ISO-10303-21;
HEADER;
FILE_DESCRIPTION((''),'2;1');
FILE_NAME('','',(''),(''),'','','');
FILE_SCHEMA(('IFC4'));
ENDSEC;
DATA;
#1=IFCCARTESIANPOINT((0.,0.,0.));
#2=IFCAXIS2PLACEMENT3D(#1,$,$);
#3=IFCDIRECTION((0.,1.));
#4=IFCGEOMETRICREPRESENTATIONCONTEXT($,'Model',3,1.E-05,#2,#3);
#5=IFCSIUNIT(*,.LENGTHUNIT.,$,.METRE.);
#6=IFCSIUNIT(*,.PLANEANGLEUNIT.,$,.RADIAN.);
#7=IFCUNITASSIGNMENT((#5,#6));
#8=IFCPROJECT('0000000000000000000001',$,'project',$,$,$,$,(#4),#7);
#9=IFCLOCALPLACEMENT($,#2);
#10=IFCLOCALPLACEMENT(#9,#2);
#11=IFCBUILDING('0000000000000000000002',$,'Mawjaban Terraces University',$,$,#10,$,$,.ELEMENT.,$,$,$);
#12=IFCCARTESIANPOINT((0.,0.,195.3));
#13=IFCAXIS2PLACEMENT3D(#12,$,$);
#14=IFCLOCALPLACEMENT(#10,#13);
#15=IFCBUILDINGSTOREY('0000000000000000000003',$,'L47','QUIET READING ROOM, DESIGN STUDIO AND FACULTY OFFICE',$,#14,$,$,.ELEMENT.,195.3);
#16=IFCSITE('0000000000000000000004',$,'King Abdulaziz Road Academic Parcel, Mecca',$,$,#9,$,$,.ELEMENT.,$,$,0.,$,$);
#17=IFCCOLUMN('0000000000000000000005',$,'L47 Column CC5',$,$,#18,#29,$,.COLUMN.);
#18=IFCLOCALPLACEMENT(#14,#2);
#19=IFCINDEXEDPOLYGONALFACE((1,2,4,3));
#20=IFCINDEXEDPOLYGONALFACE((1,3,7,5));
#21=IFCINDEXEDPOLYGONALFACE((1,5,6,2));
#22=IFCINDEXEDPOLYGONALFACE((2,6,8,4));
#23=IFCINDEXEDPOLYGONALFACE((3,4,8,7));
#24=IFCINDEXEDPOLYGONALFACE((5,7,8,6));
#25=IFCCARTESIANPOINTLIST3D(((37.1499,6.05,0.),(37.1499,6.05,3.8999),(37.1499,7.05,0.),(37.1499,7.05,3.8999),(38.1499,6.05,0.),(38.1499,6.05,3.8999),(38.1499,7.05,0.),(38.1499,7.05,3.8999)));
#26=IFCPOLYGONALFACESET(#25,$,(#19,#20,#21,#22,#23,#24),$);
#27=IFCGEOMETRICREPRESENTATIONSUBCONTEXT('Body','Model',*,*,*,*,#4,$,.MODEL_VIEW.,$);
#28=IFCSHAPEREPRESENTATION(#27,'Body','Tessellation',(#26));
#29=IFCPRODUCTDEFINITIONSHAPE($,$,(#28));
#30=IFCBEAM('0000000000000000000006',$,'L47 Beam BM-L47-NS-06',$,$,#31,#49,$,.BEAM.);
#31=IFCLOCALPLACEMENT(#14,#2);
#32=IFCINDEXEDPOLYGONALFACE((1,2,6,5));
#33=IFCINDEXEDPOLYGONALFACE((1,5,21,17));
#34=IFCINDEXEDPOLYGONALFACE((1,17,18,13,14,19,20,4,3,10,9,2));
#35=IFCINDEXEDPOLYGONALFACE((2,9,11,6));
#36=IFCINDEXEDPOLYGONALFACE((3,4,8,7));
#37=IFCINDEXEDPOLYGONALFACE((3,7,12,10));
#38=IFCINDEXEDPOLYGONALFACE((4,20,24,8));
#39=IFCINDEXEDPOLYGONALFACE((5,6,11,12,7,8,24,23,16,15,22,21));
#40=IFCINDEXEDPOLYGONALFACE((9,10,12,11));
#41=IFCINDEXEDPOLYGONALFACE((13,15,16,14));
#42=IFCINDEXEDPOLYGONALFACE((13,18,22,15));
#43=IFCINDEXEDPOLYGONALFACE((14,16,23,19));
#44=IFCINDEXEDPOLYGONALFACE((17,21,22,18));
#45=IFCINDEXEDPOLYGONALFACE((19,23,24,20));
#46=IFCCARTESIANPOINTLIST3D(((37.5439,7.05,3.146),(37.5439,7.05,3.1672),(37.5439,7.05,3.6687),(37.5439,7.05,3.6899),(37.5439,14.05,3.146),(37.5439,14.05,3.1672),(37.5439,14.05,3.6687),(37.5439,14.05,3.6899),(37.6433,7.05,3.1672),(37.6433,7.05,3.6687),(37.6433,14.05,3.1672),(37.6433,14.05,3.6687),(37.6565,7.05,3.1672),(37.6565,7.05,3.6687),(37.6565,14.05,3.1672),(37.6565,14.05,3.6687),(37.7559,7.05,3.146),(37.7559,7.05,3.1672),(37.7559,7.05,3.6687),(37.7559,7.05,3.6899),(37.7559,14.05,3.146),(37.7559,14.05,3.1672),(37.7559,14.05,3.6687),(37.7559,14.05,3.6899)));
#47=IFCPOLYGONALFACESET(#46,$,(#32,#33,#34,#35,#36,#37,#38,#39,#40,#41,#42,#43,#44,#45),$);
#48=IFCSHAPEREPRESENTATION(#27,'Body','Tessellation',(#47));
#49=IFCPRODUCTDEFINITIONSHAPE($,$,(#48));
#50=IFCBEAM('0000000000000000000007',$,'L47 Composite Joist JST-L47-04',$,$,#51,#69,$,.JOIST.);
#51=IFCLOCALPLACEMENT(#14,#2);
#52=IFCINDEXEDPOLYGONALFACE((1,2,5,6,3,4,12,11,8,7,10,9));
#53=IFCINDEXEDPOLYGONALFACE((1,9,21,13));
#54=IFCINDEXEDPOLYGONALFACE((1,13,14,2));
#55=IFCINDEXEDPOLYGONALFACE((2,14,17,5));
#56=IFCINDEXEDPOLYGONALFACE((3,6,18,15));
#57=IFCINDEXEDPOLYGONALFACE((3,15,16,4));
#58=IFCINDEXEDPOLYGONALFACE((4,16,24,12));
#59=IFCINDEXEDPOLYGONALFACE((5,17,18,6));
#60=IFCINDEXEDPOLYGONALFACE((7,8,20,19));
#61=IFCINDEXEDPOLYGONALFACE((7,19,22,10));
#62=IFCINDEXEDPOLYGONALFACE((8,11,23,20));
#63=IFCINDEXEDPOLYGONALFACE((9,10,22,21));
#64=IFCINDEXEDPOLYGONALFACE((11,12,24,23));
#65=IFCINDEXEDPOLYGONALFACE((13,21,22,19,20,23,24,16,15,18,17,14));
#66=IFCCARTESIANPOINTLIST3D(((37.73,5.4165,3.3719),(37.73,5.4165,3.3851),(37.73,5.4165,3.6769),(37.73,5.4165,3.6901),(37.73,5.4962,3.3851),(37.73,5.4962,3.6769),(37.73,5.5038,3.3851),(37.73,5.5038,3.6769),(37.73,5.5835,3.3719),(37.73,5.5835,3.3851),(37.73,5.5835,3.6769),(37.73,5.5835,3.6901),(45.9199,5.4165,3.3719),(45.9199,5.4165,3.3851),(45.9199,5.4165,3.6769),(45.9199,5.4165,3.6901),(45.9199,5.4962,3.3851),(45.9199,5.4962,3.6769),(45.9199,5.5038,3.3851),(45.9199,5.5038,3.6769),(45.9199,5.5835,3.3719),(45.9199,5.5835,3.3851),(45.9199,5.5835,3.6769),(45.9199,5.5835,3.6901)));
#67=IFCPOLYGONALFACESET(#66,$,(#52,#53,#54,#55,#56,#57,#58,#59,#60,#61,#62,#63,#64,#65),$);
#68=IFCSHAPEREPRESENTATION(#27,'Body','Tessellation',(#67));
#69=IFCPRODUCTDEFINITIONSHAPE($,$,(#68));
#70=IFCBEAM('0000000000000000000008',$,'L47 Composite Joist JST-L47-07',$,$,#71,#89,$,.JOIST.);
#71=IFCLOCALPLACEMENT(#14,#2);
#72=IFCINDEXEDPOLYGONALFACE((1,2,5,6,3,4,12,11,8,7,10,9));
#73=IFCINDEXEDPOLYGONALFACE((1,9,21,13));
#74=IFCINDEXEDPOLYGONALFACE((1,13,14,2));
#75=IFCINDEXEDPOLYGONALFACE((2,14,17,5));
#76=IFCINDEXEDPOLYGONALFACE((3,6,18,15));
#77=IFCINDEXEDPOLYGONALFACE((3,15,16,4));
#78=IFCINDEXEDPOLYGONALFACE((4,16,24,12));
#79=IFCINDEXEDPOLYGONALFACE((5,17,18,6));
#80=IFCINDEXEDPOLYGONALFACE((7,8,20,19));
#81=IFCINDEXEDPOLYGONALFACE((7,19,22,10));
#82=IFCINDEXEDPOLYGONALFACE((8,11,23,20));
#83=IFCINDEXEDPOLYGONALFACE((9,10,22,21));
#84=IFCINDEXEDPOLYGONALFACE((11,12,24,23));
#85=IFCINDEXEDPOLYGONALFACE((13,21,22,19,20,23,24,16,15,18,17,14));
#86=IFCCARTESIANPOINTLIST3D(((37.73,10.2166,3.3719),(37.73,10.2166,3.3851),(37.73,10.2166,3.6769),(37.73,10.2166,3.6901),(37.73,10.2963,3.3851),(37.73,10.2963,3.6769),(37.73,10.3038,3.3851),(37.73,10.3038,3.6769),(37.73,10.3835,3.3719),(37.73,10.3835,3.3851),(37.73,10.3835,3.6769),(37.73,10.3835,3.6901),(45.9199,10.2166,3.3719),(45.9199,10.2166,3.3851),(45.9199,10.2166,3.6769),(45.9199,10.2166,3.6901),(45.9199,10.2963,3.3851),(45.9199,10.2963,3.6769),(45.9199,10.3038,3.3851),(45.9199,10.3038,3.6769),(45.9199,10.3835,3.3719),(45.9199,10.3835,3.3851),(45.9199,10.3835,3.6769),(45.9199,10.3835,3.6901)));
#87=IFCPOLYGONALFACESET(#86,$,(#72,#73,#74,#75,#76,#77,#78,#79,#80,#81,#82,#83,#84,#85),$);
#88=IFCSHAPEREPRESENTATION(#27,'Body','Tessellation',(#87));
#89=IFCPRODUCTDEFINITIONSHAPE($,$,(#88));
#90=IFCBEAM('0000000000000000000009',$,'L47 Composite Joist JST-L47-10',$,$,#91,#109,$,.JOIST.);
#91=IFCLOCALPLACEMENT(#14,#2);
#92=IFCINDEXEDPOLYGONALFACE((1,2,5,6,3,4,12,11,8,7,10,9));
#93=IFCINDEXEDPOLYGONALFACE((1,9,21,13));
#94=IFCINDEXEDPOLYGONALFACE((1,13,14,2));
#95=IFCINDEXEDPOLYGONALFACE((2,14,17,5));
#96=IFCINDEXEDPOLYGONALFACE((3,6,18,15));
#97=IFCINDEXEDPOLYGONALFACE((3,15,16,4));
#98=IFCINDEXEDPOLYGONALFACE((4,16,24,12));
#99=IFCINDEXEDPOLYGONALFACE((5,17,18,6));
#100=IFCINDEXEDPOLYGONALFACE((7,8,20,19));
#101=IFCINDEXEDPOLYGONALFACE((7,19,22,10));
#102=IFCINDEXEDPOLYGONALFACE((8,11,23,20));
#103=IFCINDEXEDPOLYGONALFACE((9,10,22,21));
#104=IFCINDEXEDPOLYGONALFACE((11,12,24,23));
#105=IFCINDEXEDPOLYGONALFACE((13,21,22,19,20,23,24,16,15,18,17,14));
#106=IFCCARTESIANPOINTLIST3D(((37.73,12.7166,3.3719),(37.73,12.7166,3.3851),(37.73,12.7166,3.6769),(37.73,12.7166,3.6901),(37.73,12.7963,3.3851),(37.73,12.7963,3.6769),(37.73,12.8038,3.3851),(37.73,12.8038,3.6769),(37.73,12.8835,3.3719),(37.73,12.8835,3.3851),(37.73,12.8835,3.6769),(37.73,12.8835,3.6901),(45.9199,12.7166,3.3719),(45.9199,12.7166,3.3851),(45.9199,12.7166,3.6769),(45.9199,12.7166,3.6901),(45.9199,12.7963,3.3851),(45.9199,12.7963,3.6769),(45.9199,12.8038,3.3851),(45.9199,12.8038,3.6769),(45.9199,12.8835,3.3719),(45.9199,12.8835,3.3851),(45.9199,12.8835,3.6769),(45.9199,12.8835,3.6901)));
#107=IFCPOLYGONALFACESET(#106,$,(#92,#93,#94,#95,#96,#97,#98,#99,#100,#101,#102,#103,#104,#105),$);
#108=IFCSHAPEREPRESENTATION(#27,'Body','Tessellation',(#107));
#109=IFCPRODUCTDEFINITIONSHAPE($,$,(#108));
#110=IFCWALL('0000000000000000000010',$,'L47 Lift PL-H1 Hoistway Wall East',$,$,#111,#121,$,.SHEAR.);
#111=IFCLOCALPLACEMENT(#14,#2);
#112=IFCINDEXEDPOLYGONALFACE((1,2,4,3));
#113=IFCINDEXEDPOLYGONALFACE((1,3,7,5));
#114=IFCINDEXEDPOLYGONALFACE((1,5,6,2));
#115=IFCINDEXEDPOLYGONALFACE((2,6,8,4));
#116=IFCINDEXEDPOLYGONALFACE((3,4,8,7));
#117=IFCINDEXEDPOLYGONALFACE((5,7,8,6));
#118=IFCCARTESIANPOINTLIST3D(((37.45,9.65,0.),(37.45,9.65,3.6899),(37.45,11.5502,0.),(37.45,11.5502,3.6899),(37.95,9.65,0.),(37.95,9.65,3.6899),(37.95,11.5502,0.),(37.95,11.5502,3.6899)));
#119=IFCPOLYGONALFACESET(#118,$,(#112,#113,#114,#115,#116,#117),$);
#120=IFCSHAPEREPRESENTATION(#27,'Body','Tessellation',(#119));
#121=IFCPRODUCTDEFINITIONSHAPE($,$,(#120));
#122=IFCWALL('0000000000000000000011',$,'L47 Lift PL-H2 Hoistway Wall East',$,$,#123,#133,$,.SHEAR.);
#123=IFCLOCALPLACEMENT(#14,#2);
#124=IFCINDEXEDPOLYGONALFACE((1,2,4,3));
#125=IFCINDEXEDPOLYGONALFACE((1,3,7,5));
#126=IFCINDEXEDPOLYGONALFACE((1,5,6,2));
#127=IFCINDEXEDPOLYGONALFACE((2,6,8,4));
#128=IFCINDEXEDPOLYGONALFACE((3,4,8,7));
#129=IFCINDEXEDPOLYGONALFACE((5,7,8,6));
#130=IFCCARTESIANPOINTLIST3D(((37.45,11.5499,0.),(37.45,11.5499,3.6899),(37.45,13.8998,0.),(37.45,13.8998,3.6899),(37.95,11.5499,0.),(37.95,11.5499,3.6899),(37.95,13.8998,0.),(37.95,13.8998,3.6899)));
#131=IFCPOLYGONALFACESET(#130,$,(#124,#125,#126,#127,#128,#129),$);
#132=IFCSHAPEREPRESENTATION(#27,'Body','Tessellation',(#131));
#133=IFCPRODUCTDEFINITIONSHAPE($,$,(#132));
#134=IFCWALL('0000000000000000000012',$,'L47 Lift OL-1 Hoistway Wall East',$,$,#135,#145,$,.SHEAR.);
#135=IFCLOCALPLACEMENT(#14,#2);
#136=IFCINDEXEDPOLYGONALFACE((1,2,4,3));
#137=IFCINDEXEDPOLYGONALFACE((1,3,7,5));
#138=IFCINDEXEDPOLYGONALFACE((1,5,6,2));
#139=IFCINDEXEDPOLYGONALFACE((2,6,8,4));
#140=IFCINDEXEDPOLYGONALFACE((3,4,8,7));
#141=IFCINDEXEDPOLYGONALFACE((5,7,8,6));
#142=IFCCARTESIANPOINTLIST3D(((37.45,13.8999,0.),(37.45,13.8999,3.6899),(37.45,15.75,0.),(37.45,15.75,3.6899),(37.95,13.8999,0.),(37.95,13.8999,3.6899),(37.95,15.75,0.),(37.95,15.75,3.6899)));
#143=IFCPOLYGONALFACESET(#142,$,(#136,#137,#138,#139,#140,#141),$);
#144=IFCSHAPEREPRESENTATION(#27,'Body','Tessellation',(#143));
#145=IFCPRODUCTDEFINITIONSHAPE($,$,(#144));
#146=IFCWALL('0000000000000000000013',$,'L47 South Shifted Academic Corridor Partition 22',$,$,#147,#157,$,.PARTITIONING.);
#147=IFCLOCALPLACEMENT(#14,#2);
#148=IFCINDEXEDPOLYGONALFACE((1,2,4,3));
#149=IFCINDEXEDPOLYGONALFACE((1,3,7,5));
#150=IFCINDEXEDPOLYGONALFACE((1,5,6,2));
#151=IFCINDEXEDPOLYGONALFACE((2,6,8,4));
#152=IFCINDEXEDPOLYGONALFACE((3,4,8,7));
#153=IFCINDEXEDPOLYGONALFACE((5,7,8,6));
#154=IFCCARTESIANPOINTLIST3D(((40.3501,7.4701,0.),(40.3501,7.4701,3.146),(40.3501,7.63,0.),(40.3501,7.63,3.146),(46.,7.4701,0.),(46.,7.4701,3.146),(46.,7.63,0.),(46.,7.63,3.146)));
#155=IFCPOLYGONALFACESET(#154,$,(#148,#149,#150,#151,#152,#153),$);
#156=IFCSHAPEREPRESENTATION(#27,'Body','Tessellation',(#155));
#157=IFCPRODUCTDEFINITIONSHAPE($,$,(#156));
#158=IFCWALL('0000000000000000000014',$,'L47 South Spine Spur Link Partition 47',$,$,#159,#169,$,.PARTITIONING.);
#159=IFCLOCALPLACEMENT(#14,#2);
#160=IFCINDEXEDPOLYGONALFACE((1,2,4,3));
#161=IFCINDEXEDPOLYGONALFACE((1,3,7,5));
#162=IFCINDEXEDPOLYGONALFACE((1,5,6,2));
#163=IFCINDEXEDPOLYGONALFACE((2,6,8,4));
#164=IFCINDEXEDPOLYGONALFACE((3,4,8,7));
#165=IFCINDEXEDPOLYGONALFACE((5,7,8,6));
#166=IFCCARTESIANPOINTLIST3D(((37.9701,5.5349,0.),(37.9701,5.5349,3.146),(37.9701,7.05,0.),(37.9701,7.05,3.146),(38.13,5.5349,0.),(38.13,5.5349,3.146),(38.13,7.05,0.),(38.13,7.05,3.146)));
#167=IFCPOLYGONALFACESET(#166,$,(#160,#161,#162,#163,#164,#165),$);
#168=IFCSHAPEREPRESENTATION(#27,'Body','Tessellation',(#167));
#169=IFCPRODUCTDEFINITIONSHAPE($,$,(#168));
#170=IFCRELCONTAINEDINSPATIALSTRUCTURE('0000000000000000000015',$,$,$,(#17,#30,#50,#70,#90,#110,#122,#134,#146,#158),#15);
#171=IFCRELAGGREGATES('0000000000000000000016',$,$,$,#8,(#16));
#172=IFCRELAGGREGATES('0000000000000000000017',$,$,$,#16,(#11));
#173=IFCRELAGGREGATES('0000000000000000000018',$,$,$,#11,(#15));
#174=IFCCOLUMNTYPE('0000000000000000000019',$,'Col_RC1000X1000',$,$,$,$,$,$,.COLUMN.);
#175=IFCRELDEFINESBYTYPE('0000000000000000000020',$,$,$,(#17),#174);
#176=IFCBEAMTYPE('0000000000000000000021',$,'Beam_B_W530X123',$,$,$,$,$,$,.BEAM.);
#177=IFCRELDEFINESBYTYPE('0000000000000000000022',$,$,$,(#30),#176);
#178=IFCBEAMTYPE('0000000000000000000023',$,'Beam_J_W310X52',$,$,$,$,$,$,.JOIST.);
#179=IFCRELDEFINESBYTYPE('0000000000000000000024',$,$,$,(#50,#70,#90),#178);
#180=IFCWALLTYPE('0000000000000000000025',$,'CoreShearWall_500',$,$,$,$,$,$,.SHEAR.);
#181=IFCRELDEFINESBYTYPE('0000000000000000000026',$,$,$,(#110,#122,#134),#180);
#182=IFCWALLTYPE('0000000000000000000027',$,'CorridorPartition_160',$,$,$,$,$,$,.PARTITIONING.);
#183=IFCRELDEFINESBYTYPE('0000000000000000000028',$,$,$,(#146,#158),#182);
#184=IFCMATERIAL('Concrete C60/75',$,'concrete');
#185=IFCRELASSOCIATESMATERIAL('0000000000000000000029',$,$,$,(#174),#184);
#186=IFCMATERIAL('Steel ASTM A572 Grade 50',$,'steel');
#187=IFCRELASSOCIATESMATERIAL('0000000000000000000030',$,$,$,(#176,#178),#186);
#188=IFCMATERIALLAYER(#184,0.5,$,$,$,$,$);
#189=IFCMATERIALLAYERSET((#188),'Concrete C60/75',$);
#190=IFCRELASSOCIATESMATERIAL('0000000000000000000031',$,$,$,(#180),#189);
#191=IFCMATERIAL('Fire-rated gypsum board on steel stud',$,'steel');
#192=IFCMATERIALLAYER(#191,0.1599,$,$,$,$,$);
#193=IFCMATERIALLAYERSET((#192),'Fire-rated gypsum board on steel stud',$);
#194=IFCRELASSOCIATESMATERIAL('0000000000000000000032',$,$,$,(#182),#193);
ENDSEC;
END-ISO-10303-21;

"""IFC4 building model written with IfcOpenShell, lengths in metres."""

from ifc_helpers import new_model, si_unit, direction, frame, frame_2d, origin, origin_2d, place, context, subcontext, project, spatial, rectangle, i_section, extrude, material, layer, layer_set, material_profile, profile_set, type_object, element, save


model = new_model("IFC4")

# Units and contexts
model_context = context("Model", 3, precision=1e-05, world=origin(), true_north=direction((0.0, 1.0)))
body_context = subcontext(model_context, "Body", "Model", "MODEL_VIEW")
ifc_project = project(units=[si_unit("LENGTHUNIT", "METRE"), si_unit("PLANEANGLEUNIT", "RADIAN")], contexts=[model_context])

# Site, building, storey
site_placement = place(None, origin())
site = spatial("IfcSite", under=ifc_project, at=site_placement, Name="King Abdulaziz Road Academic Parcel, Mecca", CompositionType="ELEMENT", RefElevation=0.0)
building_placement = place(site_placement, origin())
building = spatial("IfcBuilding", under=site, at=building_placement, Name="Mawjaban Terraces University", CompositionType="ELEMENT")
storey_placement = place(building_placement, frame((0.0, 0.0, 195.3)))
storey = spatial("IfcBuildingStorey", under=building, at=storey_placement, Name="L47", Description="QUIET READING ROOM, DESIGN STUDIO AND FACULTY OFFICE", CompositionType="ELEMENT", Elevation=195.3)

# Column
ifc_material_1 = material(Name="Concrete C60/75", Category="concrete")
ifc_material_profile_1 = material_profile(ifc_material_1, rectangle(XDim=1.0, YDim=1.0, at=origin_2d()), Name="RC1000X1000")
ifc_profile_set_1 = profile_set([ifc_material_profile_1], Name="Concrete C60/75")
column_type = type_object("IfcColumnType", Name="Col_RC1000X1000", PredefinedType="COLUMN", material=ifc_profile_set_1)
column_placement = place(storey_placement, frame((37.6499, 6.55, 0.0), z_axis=(0.0, 0.0, 1.0), x_axis=(1.0, 0.0, 0.0)))
element("IfcColumn", 1, at=column_placement, inside=storey, type_object=column_type, Name="L47 Column CC5", PredefinedType="COLUMN", context=body_context, shape_type="SweptSolid", body=[
    extrude(rectangle(XDim=1.0, YDim=1.0, at=origin_2d()), origin(), (0.0, 0.0, 1.0), 3.8999),
])

# Beams
ifc_material_2 = material(Name="Steel ASTM A572 Grade 50", Category="steel")
ifc_material_profile_2 = material_profile(ifc_material_2, i_section(OverallWidth=0.2119, OverallDepth=0.5439, WebThickness=0.0132, FlangeThickness=0.0212, at=origin_2d()), Name="W530X123")
ifc_profile_set_2 = profile_set([ifc_material_profile_2], Name="Steel ASTM A572 Grade 50")
beam_type_1 = type_object("IfcBeamType", Name="Beam_B_W530X123", PredefinedType="BEAM", material=ifc_profile_set_2)
beam_placement = place(storey_placement, frame((37.6499, 7.05, 3.418), z_axis=(0.0, 1.0, 0.0), x_axis=(-1.0, 0.0, 0.0)))
element("IfcBeam", 2, at=beam_placement, inside=storey, type_object=beam_type_1, Name="L47 Beam BM-L47-NS-06", PredefinedType="BEAM", context=body_context, shape_type="SweptSolid", body=[
    extrude(i_section(OverallWidth=0.2119, OverallDepth=0.5439, WebThickness=0.0132, FlangeThickness=0.0212, at=origin_2d()), origin(), (0.0, 0.0, 1.0), 7.0),
])
ifc_material_profile_3 = material_profile(ifc_material_2, i_section(OverallWidth=0.167, OverallDepth=0.3181, WebThickness=0.0076, FlangeThickness=0.0132, at=origin_2d()), Name="W310X52")
ifc_profile_set_3 = profile_set([ifc_material_profile_3], Name="Steel ASTM A572 Grade 50")
beam_type_2 = type_object("IfcBeamType", Name="Beam_J_W310X52", PredefinedType="JOIST", material=ifc_profile_set_3)
for number, where, z_axis, x_axis, name in (
    (3, (37.73, 5.5, 3.531), (1.0, 0.0, 0.0), (0.0, 1.0, 0.0), "L47 Composite Joist JST-L47-04"),
    (4, (37.73, 10.3, 3.531), (1.0, 0.0, 0.0), (0.0, 1.0, 0.0), "L47 Composite Joist JST-L47-07"),
    (5, (37.73, 12.8, 3.531), (1.0, 0.0, 0.0), (0.0, 1.0, 0.0), "L47 Composite Joist JST-L47-10"),
):
    element("IfcBeam", number, at=place(storey_placement, frame(where, z_axis=z_axis, x_axis=x_axis)), inside=storey, type_object=beam_type_2, Name=name, PredefinedType="JOIST", context=body_context, shape_type="SweptSolid", body=[
        extrude(i_section(OverallWidth=0.167, OverallDepth=0.3181, WebThickness=0.0076, FlangeThickness=0.0132, at=origin_2d()), origin(), (0.0, 0.0, 1.0), 8.1899),
    ])

# Walls
ifc_layer_1 = layer(ifc_material_1, 0.5)
ifc_layer_set_1 = layer_set([ifc_layer_1], Name="Concrete C60/75")
wall_type_1 = type_object("IfcWallType", Name="CoreShearWall_500", PredefinedType="SHEAR", material=ifc_layer_set_1)
wall_1_placement = place(storey_placement, frame((37.7, 9.6499, 0.0), z_axis=(0.0, 0.0, 1.0), x_axis=(0.0, 1.0, 0.0)))
element("IfcWall", 6, at=wall_1_placement, inside=storey, type_object=wall_type_1, Name="L47 Lift PL-H1 Hoistway Wall East", PredefinedType="SHEAR", context=body_context, shape_type="SweptSolid", body=[
    extrude(rectangle(XDim=1.9001, YDim=0.5, at=frame_2d((0.9502, 0.0))), origin(), (0.0, 0.0, 1.0), 3.6899),
])
wall_2_placement = place(storey_placement, frame((37.7, 11.55, 0.0), z_axis=(0.0, 0.0, 1.0), x_axis=(0.0, 1.0, 0.0)))
element("IfcWall", 7, at=wall_2_placement, inside=storey, type_object=wall_type_1, Name="L47 Lift PL-H2 Hoistway Wall East", PredefinedType="SHEAR", context=body_context, shape_type="SweptSolid", body=[
    extrude(rectangle(XDim=2.3499, YDim=0.5, at=frame_2d((1.1748, 0.0))), origin(), (0.0, 0.0, 1.0), 3.6899),
])
wall_3_placement = place(storey_placement, frame((37.7, 13.8999, 0.0), z_axis=(0.0, 0.0, 1.0), x_axis=(0.0, 1.0, 0.0)))
element("IfcWall", 8, at=wall_3_placement, inside=storey, type_object=wall_type_1, Name="L47 Lift OL-1 Hoistway Wall East", PredefinedType="SHEAR", context=body_context, shape_type="SweptSolid", body=[
    extrude(rectangle(XDim=1.8501, YDim=0.5, at=frame_2d((0.925, 0.0))), origin(), (0.0, 0.0, 1.0), 3.6899),
])
ifc_material_3 = material(Name="Fire-rated gypsum board on steel stud", Category="steel")
ifc_layer_2 = layer(ifc_material_3, 0.1599)
ifc_layer_set_2 = layer_set([ifc_layer_2], Name="Fire-rated gypsum board on steel stud")
wall_type_2 = type_object("IfcWallType", Name="CorridorPartition_160", PredefinedType="PARTITIONING", material=ifc_layer_set_2)
wall_4_placement = place(storey_placement, frame((46.0, 7.55, 0.0), z_axis=(0.0, 0.0, 1.0), x_axis=(-1.0, 0.0, 0.0)))
element("IfcWall", 9, at=wall_4_placement, inside=storey, type_object=wall_type_2, Name="L47 South Shifted Academic Corridor Partition 22", PredefinedType="PARTITIONING", context=body_context, shape_type="SweptSolid", body=[
    extrude(rectangle(XDim=5.6499, YDim=0.1599, at=frame_2d((2.825, 0.0))), origin(), (0.0, 0.0, 1.0), 3.146),
])
wall_5_placement = place(storey_placement, frame((38.05, 7.05, 0.0), z_axis=(0.0, 0.0, 1.0), x_axis=(0.0, -1.0, 0.0)))
element("IfcWall", 10, at=wall_5_placement, inside=storey, type_object=wall_type_2, Name="L47 South Spine Spur Link Partition 47", PredefinedType="PARTITIONING", context=body_context, shape_type="SweptSolid", body=[
    extrude(rectangle(XDim=1.5151, YDim=0.1599, at=frame_2d((0.7576, 0.0))), origin(), (0.0, 0.0, 1.0), 3.146),
])

save(model, "model.ifc")
